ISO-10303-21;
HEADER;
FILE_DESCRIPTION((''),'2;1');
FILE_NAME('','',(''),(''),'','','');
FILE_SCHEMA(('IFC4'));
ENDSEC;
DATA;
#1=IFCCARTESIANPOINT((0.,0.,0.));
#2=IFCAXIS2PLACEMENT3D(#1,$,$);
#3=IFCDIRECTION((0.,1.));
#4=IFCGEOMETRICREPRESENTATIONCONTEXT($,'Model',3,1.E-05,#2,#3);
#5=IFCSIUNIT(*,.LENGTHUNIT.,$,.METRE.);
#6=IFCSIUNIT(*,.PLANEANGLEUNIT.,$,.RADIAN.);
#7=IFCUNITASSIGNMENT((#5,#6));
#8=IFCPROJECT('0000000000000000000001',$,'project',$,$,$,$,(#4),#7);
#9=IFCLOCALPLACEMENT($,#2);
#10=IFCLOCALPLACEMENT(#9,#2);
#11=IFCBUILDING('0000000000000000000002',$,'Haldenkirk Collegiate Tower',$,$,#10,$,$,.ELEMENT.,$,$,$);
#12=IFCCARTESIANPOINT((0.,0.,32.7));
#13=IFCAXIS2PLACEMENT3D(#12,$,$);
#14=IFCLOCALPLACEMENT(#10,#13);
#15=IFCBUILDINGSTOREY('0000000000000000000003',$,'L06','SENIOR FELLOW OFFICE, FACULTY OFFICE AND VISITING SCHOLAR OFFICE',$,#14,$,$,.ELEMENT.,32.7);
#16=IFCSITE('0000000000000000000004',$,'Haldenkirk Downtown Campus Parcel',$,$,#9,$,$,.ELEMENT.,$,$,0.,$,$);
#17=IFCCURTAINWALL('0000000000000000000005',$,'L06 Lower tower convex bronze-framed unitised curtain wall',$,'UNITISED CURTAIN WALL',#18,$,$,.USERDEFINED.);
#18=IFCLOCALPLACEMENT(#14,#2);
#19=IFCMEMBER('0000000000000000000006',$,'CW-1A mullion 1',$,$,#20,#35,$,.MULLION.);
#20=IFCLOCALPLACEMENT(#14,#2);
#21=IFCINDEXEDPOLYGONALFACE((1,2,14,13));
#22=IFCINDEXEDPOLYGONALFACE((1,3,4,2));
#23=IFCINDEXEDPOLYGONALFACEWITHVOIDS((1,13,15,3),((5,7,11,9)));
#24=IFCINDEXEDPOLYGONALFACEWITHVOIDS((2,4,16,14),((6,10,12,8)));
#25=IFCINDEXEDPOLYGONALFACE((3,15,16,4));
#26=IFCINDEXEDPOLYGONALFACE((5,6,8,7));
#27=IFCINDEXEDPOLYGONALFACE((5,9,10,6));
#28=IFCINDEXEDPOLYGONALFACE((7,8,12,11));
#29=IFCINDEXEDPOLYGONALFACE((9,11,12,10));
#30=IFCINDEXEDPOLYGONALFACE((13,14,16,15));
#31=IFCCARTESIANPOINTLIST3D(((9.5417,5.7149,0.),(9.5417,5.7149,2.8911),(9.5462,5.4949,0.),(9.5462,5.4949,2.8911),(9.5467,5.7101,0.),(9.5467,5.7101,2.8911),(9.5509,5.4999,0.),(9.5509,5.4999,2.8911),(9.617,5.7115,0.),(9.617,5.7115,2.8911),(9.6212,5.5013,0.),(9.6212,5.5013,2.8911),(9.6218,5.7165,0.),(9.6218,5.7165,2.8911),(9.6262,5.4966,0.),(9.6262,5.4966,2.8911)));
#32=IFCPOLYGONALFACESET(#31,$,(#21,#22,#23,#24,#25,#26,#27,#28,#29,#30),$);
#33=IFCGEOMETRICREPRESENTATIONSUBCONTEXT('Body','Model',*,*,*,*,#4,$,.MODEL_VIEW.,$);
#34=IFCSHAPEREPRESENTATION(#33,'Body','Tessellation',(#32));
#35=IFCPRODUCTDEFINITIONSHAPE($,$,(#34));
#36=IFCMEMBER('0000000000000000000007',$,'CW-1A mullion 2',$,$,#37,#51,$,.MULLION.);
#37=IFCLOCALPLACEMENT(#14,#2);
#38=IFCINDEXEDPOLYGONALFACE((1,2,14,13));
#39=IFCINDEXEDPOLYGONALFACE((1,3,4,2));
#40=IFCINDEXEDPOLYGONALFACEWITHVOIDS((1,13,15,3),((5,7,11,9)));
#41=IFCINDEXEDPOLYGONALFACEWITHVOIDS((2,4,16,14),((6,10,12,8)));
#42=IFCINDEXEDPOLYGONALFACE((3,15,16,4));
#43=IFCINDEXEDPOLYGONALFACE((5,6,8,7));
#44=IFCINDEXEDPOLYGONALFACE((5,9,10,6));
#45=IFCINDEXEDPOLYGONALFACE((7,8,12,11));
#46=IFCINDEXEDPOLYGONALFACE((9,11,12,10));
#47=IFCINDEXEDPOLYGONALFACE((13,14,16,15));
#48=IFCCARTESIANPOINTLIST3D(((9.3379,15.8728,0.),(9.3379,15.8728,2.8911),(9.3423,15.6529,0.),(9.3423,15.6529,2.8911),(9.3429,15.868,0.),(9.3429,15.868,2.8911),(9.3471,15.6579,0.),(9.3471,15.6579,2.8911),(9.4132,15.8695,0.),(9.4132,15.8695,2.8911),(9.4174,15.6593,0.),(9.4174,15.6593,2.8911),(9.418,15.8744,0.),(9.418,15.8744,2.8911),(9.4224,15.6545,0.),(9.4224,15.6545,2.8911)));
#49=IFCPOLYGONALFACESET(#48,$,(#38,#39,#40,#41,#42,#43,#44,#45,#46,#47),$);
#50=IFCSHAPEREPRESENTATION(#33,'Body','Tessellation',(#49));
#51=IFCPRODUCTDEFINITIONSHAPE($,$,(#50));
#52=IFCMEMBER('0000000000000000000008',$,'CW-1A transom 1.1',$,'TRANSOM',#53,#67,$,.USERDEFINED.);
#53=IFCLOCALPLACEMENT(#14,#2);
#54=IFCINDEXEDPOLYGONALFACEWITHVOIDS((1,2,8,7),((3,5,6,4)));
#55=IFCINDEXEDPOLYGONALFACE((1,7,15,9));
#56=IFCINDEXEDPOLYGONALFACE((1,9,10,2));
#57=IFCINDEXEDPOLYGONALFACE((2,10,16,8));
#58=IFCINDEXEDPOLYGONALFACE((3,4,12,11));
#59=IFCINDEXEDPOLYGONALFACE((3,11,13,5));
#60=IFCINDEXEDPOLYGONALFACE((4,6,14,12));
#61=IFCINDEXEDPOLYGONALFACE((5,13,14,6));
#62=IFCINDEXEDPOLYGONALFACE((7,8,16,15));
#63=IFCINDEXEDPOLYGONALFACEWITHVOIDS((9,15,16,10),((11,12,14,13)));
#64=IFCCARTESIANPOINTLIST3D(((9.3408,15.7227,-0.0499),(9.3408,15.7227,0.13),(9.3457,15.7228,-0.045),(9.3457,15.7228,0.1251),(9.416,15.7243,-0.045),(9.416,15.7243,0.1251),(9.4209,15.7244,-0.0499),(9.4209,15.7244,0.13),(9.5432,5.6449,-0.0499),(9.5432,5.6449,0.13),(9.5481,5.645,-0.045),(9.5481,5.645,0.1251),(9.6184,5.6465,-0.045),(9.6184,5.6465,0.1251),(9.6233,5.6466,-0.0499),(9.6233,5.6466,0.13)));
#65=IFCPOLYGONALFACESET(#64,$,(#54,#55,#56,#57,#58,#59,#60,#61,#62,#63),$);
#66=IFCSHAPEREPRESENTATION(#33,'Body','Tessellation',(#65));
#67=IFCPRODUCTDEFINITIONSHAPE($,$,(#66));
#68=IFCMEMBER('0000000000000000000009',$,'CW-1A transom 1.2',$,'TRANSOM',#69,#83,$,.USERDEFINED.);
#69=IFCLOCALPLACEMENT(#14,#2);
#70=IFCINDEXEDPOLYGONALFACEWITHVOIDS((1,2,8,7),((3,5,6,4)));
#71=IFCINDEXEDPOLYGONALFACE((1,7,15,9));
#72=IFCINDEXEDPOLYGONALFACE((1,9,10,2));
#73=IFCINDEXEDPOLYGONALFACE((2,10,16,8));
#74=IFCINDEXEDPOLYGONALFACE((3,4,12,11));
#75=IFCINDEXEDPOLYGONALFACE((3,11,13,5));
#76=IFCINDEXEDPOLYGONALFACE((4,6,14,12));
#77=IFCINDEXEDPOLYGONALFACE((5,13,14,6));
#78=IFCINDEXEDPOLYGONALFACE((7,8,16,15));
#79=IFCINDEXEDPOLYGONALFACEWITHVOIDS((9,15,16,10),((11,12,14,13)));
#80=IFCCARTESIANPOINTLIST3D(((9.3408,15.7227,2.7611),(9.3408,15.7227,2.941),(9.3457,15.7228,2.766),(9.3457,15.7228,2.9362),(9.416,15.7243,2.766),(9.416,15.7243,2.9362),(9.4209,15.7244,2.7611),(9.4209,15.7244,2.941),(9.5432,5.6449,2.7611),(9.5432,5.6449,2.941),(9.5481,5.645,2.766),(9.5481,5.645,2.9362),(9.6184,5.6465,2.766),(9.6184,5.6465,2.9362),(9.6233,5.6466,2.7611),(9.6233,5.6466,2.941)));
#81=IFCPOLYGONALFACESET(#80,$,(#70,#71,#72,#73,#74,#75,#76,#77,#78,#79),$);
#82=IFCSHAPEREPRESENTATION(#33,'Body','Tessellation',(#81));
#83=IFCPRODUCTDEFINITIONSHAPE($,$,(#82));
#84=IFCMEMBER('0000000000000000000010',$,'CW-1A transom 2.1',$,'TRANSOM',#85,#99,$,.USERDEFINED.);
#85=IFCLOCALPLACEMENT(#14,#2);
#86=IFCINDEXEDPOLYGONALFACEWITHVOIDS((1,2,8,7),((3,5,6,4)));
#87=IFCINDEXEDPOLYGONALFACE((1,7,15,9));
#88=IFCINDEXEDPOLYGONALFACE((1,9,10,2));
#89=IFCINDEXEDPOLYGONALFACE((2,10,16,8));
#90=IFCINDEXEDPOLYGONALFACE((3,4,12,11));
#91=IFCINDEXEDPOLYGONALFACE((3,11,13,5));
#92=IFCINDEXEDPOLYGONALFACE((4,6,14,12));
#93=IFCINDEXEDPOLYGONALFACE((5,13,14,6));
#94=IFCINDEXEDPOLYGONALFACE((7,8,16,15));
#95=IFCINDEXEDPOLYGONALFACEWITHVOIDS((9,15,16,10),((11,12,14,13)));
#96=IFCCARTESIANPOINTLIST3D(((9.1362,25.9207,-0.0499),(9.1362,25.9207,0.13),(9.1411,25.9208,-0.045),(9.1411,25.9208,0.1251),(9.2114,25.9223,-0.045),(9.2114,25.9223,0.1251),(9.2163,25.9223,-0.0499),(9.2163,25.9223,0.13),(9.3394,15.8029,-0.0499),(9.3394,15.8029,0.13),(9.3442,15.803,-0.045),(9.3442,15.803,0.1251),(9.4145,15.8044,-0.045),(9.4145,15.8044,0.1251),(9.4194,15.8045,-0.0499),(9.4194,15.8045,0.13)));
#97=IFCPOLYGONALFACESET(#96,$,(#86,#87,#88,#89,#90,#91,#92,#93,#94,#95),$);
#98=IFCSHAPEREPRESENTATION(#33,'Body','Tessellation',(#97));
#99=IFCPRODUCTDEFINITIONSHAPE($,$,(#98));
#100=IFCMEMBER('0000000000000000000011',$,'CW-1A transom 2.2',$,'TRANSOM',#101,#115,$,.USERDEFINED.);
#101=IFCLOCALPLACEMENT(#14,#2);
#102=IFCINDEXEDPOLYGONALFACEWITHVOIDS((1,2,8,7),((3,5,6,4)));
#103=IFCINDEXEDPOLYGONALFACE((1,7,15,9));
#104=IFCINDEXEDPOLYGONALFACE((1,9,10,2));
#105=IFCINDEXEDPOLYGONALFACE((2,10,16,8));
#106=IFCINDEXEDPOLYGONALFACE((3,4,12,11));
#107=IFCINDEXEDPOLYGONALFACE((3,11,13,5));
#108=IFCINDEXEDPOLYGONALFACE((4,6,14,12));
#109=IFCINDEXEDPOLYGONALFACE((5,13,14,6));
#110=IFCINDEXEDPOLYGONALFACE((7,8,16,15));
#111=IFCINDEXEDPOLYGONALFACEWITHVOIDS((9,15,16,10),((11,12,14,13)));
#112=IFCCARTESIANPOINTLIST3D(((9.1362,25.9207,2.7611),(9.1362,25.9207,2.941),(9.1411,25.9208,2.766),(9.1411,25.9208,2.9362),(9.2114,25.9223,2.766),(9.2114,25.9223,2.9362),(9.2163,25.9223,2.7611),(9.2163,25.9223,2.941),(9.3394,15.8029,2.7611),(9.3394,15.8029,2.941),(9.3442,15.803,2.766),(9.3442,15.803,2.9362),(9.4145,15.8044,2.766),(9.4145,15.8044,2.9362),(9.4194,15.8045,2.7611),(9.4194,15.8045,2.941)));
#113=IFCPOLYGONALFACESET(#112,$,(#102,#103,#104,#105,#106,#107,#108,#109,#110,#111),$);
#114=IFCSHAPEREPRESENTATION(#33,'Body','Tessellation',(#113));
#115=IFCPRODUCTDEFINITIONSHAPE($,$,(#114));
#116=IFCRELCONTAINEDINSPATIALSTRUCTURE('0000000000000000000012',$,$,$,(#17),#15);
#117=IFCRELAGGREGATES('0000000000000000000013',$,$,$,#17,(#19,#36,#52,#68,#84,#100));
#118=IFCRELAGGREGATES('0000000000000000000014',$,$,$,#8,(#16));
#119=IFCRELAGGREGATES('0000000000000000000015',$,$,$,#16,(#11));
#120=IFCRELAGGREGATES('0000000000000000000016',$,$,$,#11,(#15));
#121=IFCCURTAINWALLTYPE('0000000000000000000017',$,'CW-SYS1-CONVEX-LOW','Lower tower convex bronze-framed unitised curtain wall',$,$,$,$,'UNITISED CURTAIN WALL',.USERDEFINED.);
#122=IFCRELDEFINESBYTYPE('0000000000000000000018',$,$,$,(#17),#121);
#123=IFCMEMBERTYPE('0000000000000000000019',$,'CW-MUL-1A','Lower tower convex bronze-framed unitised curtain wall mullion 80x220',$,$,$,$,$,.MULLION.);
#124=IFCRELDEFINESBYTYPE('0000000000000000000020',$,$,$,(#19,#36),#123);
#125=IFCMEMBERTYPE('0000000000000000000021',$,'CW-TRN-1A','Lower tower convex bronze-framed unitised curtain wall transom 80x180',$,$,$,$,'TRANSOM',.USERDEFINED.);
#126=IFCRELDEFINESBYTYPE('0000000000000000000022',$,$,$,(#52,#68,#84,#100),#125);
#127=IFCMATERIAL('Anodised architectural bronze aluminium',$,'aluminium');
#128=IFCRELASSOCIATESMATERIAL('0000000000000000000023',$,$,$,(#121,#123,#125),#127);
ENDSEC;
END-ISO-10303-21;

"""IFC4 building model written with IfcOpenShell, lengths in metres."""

from ifc_helpers import new_model, si_unit, direction, frame, origin, origin_2d, place, context, subcontext, project, spatial, hollow_rectangle, extrude, material, material_profile, profile_set, type_object, element, aggregate, save


model = new_model("IFC4")

# Units and contexts
model_context = context("Model", 3, precision=1e-05, world=origin(), true_north=direction((0.0, 1.0)))
body_context = subcontext(model_context, "Body", "Model", "MODEL_VIEW")
ifc_project = project(units=[si_unit("LENGTHUNIT", "METRE"), si_unit("PLANEANGLEUNIT", "RADIAN")], contexts=[model_context])

# Site, building, storey
site_placement = place(None, origin())
site = spatial("IfcSite", under=ifc_project, at=site_placement, Name="Haldenkirk Downtown Campus Parcel", CompositionType="ELEMENT", RefElevation=0.0)
building_placement = place(site_placement, origin())
building = spatial("IfcBuilding", under=site, at=building_placement, Name="Haldenkirk Collegiate Tower", CompositionType="ELEMENT")
storey_placement = place(building_placement, frame((0.0, 0.0, 32.7)))
storey = spatial("IfcBuildingStorey", under=building, at=storey_placement, Name="L06", Description="SENIOR FELLOW OFFICE, FACULTY OFFICE AND VISITING SCHOLAR OFFICE", CompositionType="ELEMENT", Elevation=32.7)

# Curtain wall, members
ifc_material_1 = material(Name="Anodised architectural bronze aluminium", Category="aluminium")
curtain_wall_type = type_object("IfcCurtainWallType", Name="CW-SYS1-CONVEX-LOW", Description="Lower tower convex bronze-framed unitised curtain wall", ElementType="UNITISED CURTAIN WALL", PredefinedType="USERDEFINED", material=ifc_material_1)
curtain_wall_placement = place(storey_placement, origin())
curtain_wall = element("IfcCurtainWall", 1, at=curtain_wall_placement, inside=storey, type_object=curtain_wall_type, Name="L06 Lower tower convex bronze-framed unitised curtain wall", ObjectType="UNITISED CURTAIN WALL", PredefinedType="USERDEFINED")
ifc_material_profile_1 = material_profile(ifc_material_1, hollow_rectangle(XDim=0.0801, YDim=0.22, WallThickness=0.0049, at=origin_2d()), Name="CW-MUL-1A")
ifc_profile_set_1 = profile_set([ifc_material_profile_1], Name="Anodised architectural bronze aluminium")
member_type_1 = type_object("IfcMemberType", Name="CW-MUL-1A", Description="Lower tower convex bronze-framed unitised curtain wall mullion 80x220", PredefinedType="MULLION", material=ifc_profile_set_1)
member_1_placement = place(storey_placement, frame((9.584, 5.6057, 0.0), z_axis=(0.0, 0.0, 1.0), x_axis=(-0.999799, -0.020069, 0.0)))
member_1 = element("IfcMember", 2, at=member_1_placement, type_object=member_type_1, Name="CW-1A mullion 1", PredefinedType="MULLION", context=body_context, shape_type="SweptSolid", body=[
    extrude(hollow_rectangle(XDim=0.0801, YDim=0.22, WallThickness=0.0049, at=origin_2d()), origin(), (0.0, 0.0, 1.0), 2.8911),
])
member_2_placement = place(storey_placement, frame((9.3801, 15.7637, 0.0), z_axis=(0.0, 0.0, 1.0), x_axis=(-0.999799, -0.020069, 0.0)))
member_2 = element("IfcMember", 3, at=member_2_placement, type_object=member_type_1, Name="CW-1A mullion 2", PredefinedType="MULLION", context=body_context, shape_type="SweptSolid", body=[
    extrude(hollow_rectangle(XDim=0.0801, YDim=0.22, WallThickness=0.0049, at=origin_2d()), origin(), (0.0, 0.0, 1.0), 2.8911),
])
ifc_material_profile_2 = material_profile(ifc_material_1, hollow_rectangle(XDim=0.0801, YDim=0.1799, WallThickness=0.0049, at=origin_2d()), Name="CW-TRN-1A")
ifc_profile_set_2 = profile_set([ifc_material_profile_2], Name="Anodised architectural bronze aluminium")
member_type_2 = type_object("IfcMemberType", Name="CW-TRN-1A", Description="Lower tower convex bronze-framed unitised curtain wall transom 80x180", ElementType="TRANSOM", PredefinedType="USERDEFINED", material=ifc_profile_set_2)
member_3_placement = place(storey_placement, frame((9.5833, 5.6458, 0.04), z_axis=(-0.020079, 0.999798, 0.0), x_axis=(-0.999798, -0.020079, 0.0)))
member_3 = element("IfcMember", 4, at=member_3_placement, type_object=member_type_2, Name="CW-1A transom 1.1", ObjectType="TRANSOM", PredefinedType="USERDEFINED", context=body_context, shape_type="SweptSolid", body=[
    extrude(hollow_rectangle(XDim=0.0801, YDim=0.1799, WallThickness=0.0049, at=origin_2d()), origin(), (0.0, 0.0, 1.0), 10.0798),
])
member_4_placement = place(storey_placement, frame((9.5833, 5.6458, 2.8511), z_axis=(-0.020079, 0.999798, 0.0), x_axis=(-0.999798, -0.020079, 0.0)))
member_4 = element("IfcMember", 5, at=member_4_placement, type_object=member_type_2, Name="CW-1A transom 1.2", ObjectType="TRANSOM", PredefinedType="USERDEFINED", context=body_context, shape_type="SweptSolid", body=[
    extrude(hollow_rectangle(XDim=0.0801, YDim=0.1799, WallThickness=0.0049, at=origin_2d()), origin(), (0.0, 0.0, 1.0), 10.0798),
])
member_5_placement = place(storey_placement, frame((9.3794, 15.8037, 0.04), z_axis=(-0.020072, 0.999799, 0.0), x_axis=(-0.999799, -0.020072, 0.0)))
member_5 = element("IfcMember", 6, at=member_5_placement, type_object=member_type_2, Name="CW-1A transom 2.1", ObjectType="TRANSOM", PredefinedType="USERDEFINED", context=body_context, shape_type="SweptSolid", body=[
    extrude(hollow_rectangle(XDim=0.0801, YDim=0.1799, WallThickness=0.0049, at=origin_2d()), origin(), (0.0, 0.0, 1.0), 10.1199),
])
member_6_placement = place(storey_placement, frame((9.3794, 15.8037, 2.8511), z_axis=(-0.020072, 0.999799, 0.0), x_axis=(-0.999799, -0.020072, 0.0)))
member_6 = element("IfcMember", 7, at=member_6_placement, type_object=member_type_2, Name="CW-1A transom 2.2", ObjectType="TRANSOM", PredefinedType="USERDEFINED", context=body_context, shape_type="SweptSolid", body=[
    extrude(hollow_rectangle(XDim=0.0801, YDim=0.1799, WallThickness=0.0049, at=origin_2d()), origin(), (0.0, 0.0, 1.0), 10.1199),
])

aggregate(curtain_wall, [member_1, member_2, member_3, member_4, member_5, member_6])

save(model, "model.ifc")
